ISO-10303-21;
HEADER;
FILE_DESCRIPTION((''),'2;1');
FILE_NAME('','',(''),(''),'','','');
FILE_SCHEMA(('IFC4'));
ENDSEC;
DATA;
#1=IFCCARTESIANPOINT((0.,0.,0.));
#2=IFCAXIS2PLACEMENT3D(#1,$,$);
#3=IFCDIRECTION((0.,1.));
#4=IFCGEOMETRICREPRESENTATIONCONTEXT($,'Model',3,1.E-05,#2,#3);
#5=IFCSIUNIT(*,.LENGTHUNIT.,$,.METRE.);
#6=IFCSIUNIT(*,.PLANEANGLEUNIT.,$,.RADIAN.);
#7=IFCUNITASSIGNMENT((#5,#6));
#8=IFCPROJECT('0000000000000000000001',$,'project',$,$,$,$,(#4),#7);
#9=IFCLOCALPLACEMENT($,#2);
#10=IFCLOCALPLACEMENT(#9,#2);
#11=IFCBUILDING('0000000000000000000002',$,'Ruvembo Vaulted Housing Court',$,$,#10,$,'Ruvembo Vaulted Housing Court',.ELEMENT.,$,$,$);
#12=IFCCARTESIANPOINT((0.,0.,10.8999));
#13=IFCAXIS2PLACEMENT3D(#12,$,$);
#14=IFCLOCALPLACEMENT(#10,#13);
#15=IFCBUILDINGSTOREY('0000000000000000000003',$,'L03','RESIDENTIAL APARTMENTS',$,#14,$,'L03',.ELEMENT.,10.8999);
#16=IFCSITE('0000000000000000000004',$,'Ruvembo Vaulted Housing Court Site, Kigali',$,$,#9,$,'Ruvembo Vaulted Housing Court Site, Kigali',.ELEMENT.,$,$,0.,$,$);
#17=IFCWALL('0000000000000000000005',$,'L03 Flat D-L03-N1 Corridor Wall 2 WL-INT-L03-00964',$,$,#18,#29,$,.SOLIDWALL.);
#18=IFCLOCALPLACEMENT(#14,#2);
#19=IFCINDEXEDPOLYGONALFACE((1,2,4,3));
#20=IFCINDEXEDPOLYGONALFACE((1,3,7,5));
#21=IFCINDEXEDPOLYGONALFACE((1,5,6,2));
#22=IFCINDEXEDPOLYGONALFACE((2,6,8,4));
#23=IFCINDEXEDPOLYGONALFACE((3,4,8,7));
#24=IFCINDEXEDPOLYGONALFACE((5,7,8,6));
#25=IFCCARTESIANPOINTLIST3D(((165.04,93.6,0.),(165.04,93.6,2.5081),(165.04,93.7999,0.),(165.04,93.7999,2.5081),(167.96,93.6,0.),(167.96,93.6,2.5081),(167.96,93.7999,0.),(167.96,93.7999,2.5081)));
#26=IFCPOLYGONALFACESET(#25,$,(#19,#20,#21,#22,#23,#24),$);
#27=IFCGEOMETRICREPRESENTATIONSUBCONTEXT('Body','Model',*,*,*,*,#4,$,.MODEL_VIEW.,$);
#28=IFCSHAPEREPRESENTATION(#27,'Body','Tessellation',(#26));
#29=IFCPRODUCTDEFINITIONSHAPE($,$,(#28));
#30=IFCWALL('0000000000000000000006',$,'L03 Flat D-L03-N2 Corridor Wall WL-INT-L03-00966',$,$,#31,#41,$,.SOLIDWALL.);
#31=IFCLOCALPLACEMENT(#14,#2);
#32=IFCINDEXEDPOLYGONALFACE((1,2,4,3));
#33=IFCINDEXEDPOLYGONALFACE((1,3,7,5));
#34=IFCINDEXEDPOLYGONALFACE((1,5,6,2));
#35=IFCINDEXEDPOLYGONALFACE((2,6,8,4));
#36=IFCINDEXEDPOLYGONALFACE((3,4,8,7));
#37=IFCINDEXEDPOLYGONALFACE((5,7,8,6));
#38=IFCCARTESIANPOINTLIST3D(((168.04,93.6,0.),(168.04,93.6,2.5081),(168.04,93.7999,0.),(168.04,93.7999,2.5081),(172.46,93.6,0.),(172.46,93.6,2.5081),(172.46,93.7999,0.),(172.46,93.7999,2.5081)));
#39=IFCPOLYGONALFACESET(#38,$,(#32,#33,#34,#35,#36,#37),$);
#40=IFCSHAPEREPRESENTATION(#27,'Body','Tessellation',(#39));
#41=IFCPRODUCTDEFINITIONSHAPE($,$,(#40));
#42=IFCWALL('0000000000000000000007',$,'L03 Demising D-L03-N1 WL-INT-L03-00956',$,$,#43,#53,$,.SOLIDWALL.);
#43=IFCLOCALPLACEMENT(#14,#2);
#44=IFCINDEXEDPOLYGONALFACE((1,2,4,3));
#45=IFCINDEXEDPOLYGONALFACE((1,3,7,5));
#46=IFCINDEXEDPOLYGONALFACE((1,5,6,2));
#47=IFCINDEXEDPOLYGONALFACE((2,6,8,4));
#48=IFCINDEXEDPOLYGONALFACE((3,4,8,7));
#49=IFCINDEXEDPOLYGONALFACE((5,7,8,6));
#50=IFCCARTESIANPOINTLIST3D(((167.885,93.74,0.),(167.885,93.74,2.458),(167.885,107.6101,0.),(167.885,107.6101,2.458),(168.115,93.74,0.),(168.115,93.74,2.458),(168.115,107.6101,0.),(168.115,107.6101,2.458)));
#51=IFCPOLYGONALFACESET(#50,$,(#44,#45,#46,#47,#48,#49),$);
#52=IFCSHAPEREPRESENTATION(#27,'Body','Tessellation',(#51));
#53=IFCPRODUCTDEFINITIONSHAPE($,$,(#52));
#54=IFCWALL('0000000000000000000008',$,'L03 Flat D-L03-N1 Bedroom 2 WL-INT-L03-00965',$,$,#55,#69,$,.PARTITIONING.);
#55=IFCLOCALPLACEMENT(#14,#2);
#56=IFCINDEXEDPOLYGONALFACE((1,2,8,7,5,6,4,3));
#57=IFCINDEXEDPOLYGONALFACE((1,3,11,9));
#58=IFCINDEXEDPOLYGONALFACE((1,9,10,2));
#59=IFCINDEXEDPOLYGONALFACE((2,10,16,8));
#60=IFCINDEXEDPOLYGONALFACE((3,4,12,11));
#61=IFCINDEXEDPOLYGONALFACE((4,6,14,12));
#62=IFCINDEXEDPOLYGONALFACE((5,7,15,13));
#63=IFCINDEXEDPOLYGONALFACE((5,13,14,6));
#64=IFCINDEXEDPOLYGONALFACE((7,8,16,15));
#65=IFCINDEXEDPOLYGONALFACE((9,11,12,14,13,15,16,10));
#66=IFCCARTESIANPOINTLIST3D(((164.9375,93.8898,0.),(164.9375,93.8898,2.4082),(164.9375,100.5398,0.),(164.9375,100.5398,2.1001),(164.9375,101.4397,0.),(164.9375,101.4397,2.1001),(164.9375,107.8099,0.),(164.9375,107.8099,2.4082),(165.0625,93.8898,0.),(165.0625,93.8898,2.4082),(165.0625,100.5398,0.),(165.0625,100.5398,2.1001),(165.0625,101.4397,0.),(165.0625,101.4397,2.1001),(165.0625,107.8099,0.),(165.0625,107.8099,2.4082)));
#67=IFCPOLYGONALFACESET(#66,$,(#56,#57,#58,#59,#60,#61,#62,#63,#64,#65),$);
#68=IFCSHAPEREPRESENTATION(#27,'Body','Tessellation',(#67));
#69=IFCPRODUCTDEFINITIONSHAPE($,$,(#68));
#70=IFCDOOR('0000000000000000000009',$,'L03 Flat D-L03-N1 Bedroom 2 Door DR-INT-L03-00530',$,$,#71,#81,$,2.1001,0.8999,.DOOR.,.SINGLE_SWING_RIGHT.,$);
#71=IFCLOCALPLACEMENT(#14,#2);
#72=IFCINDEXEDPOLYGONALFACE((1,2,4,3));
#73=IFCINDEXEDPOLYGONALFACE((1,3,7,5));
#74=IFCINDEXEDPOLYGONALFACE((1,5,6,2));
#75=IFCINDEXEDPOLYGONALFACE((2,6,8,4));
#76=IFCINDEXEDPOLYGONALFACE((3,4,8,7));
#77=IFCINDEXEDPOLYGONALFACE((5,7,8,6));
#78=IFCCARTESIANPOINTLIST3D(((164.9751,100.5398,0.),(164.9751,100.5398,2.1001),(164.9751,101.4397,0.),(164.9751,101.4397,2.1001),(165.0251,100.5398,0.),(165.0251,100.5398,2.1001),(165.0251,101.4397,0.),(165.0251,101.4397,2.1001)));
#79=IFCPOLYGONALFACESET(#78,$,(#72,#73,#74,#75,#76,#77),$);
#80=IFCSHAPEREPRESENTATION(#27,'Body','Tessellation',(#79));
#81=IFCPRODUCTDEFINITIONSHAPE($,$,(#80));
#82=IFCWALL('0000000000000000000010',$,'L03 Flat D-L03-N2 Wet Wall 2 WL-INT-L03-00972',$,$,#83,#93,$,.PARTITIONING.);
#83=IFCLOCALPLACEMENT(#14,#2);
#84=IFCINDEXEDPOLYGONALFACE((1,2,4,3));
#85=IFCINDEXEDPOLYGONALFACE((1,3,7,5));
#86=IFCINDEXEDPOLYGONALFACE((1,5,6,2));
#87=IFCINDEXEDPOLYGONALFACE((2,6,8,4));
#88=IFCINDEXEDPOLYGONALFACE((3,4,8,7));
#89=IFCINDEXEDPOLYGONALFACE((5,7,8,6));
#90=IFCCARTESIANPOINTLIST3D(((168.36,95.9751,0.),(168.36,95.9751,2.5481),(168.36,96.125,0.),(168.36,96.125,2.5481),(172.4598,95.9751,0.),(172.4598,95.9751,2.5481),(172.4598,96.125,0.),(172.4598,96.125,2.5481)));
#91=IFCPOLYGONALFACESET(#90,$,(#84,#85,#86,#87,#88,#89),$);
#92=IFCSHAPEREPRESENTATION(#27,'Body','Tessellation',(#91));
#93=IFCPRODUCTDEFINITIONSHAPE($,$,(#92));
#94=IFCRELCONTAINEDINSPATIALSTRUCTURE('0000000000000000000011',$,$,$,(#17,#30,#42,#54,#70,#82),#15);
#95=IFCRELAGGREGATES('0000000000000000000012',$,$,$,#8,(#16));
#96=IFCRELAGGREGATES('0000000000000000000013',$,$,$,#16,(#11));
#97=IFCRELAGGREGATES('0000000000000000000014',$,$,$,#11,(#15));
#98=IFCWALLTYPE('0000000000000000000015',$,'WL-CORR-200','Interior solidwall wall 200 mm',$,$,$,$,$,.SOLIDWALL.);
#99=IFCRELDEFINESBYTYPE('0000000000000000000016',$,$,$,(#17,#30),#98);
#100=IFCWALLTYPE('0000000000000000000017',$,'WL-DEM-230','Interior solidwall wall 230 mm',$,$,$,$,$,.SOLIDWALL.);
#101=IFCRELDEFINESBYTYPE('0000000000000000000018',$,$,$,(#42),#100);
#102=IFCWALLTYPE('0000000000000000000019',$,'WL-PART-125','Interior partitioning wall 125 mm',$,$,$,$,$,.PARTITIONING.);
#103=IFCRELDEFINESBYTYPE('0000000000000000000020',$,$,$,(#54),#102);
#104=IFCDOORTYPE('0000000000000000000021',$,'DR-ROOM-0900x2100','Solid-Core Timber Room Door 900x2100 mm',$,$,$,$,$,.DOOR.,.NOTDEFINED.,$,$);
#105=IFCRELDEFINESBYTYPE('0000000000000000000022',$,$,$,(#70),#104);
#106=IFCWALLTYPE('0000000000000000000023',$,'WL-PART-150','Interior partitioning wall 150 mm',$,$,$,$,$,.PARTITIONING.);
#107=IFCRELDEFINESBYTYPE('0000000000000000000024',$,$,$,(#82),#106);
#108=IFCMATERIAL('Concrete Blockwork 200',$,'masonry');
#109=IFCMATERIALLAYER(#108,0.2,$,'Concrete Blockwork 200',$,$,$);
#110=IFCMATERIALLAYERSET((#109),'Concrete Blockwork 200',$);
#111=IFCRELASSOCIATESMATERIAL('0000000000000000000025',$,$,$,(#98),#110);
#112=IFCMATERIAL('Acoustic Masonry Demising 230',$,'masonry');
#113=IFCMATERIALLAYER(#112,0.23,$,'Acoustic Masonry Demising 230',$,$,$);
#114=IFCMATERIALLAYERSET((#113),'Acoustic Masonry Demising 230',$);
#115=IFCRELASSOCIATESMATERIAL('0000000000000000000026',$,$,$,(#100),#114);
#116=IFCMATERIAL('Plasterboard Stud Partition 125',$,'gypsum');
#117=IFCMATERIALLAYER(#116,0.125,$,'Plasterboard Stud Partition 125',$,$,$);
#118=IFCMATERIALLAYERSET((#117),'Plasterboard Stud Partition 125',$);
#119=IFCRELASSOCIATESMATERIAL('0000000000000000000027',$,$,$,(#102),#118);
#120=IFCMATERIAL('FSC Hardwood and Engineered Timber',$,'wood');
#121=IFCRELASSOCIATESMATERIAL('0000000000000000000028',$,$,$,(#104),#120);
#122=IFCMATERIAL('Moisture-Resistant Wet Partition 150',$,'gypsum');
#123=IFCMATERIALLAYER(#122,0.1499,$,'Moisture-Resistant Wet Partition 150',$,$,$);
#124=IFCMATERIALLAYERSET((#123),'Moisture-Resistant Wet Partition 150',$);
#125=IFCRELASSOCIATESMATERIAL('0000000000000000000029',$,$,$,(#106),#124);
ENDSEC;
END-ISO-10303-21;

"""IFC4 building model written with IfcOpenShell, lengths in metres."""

from ifc_helpers import new_model, si_unit, direction, frame, frame_2d, origin, place, context, subcontext, project, spatial, rectangle, extrude, material, layer, layer_set, type_object, element, fill, save


model = new_model("IFC4")

# Units and contexts
model_context = context("Model", 3, precision=1e-05, world=origin(), true_north=direction((0.0, 1.0)))
body_context = subcontext(model_context, "Body", "Model", "MODEL_VIEW")
ifc_project = project(units=[si_unit("LENGTHUNIT", "METRE"), si_unit("PLANEANGLEUNIT", "RADIAN")], contexts=[model_context])

# Site, building, storey
site_placement = place(None, origin())
site = spatial("IfcSite", under=ifc_project, at=site_placement, Name="Ruvembo Vaulted Housing Court Site, Kigali", LongName="Ruvembo Vaulted Housing Court Site, Kigali", CompositionType="ELEMENT", RefElevation=0.0)
building_placement = place(site_placement, origin())
building = spatial("IfcBuilding", under=site, at=building_placement, Name="Ruvembo Vaulted Housing Court", LongName="Ruvembo Vaulted Housing Court", CompositionType="ELEMENT")
storey_placement = place(building_placement, frame((0.0, 0.0, 10.8999)))
storey = spatial("IfcBuildingStorey", under=building, at=storey_placement, Name="L03", Description="RESIDENTIAL APARTMENTS", LongName="L03", CompositionType="ELEMENT", Elevation=10.8999)

# Walls
ifc_material_1 = material(Name="Concrete Blockwork 200", Category="masonry")
ifc_layer_1 = layer(ifc_material_1, 0.2, Name="Concrete Blockwork 200")
ifc_layer_set_1 = layer_set([ifc_layer_1], Name="Concrete Blockwork 200")
wall_type_1 = type_object("IfcWallType", Name="WL-CORR-200", Description="Interior solidwall wall 200 mm", PredefinedType="SOLIDWALL", material=ifc_layer_set_1)
wall_1_placement = place(storey_placement, frame((165.04, 93.7, 0.0), z_axis=(0.0, 0.0, 1.0), x_axis=(1.0, 0.0, 0.0)))
element("IfcWall", 1, at=wall_1_placement, inside=storey, type_object=wall_type_1, Name="L03 Flat D-L03-N1 Corridor Wall 2 WL-INT-L03-00964", PredefinedType="SOLIDWALL", context=body_context, shape_type="SweptSolid", body=[
    extrude(rectangle(XDim=2.9199, YDim=0.2, at=frame_2d((1.46, 0.0))), origin(), (0.0, 0.0, 1.0), 2.5081),
])
wall_2_placement = place(storey_placement, frame((168.04, 93.7, 0.0), z_axis=(0.0, 0.0, 1.0), x_axis=(1.0, 0.0, 0.0)))
element("IfcWall", 2, at=wall_2_placement, inside=storey, type_object=wall_type_1, Name="L03 Flat D-L03-N2 Corridor Wall WL-INT-L03-00966", PredefinedType="SOLIDWALL", context=body_context, shape_type="SweptSolid", body=[
    extrude(rectangle(XDim=4.4199, YDim=0.2, at=frame_2d((2.21, 0.0))), origin(), (0.0, 0.0, 1.0), 2.5081),
])
ifc_material_2 = material(Name="Acoustic Masonry Demising 230", Category="masonry")
ifc_layer_2 = layer(ifc_material_2, 0.23, Name="Acoustic Masonry Demising 230")
ifc_layer_set_2 = layer_set([ifc_layer_2], Name="Acoustic Masonry Demising 230")
wall_type_2 = type_object("IfcWallType", Name="WL-DEM-230", Description="Interior solidwall wall 230 mm", PredefinedType="SOLIDWALL", material=ifc_layer_set_2)
wall_3_placement = place(storey_placement, frame((168.0, 93.74, 0.0), z_axis=(0.0, 0.0, 1.0), x_axis=(0.0, 1.0, 0.0)))
element("IfcWall", 3, at=wall_3_placement, inside=storey, type_object=wall_type_2, Name="L03 Demising D-L03-N1 WL-INT-L03-00956", PredefinedType="SOLIDWALL", context=body_context, shape_type="SweptSolid", body=[
    extrude(rectangle(XDim=13.8701, YDim=0.23, at=frame_2d((6.9351, 0.0))), origin(), (0.0, 0.0, 1.0), 2.458),
])

# Wall, opening, door
ifc_material_3 = material(Name="Plasterboard Stud Partition 125", Category="gypsum")
ifc_layer_3 = layer(ifc_material_3, 0.125, Name="Plasterboard Stud Partition 125")
ifc_layer_set_3 = layer_set([ifc_layer_3], Name="Plasterboard Stud Partition 125")
wall_type_3 = type_object("IfcWallType", Name="WL-PART-125", Description="Interior partitioning wall 125 mm", PredefinedType="PARTITIONING", material=ifc_layer_set_3)
wall_4_placement = place(storey_placement, frame((165.0, 93.8899, 0.0), z_axis=(0.0, 0.0, 1.0), x_axis=(0.0, 1.0, 0.0)))
wall_4 = element("IfcWall", 4, at=wall_4_placement, inside=storey, type_object=wall_type_3, Name="L03 Flat D-L03-N1 Bedroom 2 WL-INT-L03-00965", PredefinedType="PARTITIONING", context=body_context, shape_type="SweptSolid", body=[
    extrude(rectangle(XDim=13.9202, YDim=0.125, at=frame_2d((6.96, 0.0))), origin(), (0.0, 0.0, 1.0), 2.4082),
])
opening_placement = place(wall_4_placement, frame((6.6499, 0.0, 0.0)))
opening = element("IfcOpeningElement", 5, at=opening_placement, cuts=wall_4, PredefinedType="OPENING", context=body_context, shape_type="SweptSolid", body=[
    extrude(rectangle(XDim=0.8999, YDim=2.1001, at=frame_2d((0.45, 1.05))), frame((0.0, 0.0725, 0.0), z_axis=(0.0, -1.0, 0.0), x_axis=(1.0, 0.0, 0.0)), (0.0, 0.0, 1.0), 0.145),
])
ifc_material_4 = material(Name="FSC Hardwood and Engineered Timber", Category="wood")
door_type = type_object("IfcDoorType", Name="DR-ROOM-0900x2100", Description="Solid-Core Timber Room Door 900x2100 mm", OperationType="NOTDEFINED", PredefinedType="DOOR", material=ifc_material_4)
door_placement = place(opening_placement, origin())
door = element("IfcDoor", 6, at=door_placement, inside=storey, type_object=door_type, Name="L03 Flat D-L03-N1 Bedroom 2 Door DR-INT-L03-00530", OperationType="SINGLE_SWING_RIGHT", OverallHeight=2.1001, OverallWidth=0.8999, PredefinedType="DOOR", context=body_context, shape_type="SweptSolid", body=[
    extrude(rectangle(XDim=0.8999, YDim=2.1001, at=frame_2d((0.45, 1.05))), frame((0.0, 0.0249, 0.0), z_axis=(0.0, -1.0, 0.0), x_axis=(1.0, 0.0, 0.0)), (0.0, 0.0, 1.0), 0.05),
])
fill(opening, door)

# Wall
ifc_material_5 = material(Name="Moisture-Resistant Wet Partition 150", Category="gypsum")
ifc_layer_4 = layer(ifc_material_5, 0.1499, Name="Moisture-Resistant Wet Partition 150")
ifc_layer_set_4 = layer_set([ifc_layer_4], Name="Moisture-Resistant Wet Partition 150")
wall_type_4 = type_object("IfcWallType", Name="WL-PART-150", Description="Interior partitioning wall 150 mm", PredefinedType="PARTITIONING", material=ifc_layer_set_4)
wall_5_placement = place(storey_placement, frame((168.3601, 96.05, 0.0), z_axis=(0.0, 0.0, 1.0), x_axis=(1.0, 0.0, 0.0)))
element("IfcWall", 7, at=wall_5_placement, inside=storey, type_object=wall_type_4, Name="L03 Flat D-L03-N2 Wet Wall 2 WL-INT-L03-00972", PredefinedType="PARTITIONING", context=body_context, shape_type="SweptSolid", body=[
    extrude(rectangle(XDim=4.0999, YDim=0.1499, at=frame_2d((2.0498, 0.0))), origin(), (0.0, 0.0, 1.0), 2.5481),
])

save(model, "model.ifc")
